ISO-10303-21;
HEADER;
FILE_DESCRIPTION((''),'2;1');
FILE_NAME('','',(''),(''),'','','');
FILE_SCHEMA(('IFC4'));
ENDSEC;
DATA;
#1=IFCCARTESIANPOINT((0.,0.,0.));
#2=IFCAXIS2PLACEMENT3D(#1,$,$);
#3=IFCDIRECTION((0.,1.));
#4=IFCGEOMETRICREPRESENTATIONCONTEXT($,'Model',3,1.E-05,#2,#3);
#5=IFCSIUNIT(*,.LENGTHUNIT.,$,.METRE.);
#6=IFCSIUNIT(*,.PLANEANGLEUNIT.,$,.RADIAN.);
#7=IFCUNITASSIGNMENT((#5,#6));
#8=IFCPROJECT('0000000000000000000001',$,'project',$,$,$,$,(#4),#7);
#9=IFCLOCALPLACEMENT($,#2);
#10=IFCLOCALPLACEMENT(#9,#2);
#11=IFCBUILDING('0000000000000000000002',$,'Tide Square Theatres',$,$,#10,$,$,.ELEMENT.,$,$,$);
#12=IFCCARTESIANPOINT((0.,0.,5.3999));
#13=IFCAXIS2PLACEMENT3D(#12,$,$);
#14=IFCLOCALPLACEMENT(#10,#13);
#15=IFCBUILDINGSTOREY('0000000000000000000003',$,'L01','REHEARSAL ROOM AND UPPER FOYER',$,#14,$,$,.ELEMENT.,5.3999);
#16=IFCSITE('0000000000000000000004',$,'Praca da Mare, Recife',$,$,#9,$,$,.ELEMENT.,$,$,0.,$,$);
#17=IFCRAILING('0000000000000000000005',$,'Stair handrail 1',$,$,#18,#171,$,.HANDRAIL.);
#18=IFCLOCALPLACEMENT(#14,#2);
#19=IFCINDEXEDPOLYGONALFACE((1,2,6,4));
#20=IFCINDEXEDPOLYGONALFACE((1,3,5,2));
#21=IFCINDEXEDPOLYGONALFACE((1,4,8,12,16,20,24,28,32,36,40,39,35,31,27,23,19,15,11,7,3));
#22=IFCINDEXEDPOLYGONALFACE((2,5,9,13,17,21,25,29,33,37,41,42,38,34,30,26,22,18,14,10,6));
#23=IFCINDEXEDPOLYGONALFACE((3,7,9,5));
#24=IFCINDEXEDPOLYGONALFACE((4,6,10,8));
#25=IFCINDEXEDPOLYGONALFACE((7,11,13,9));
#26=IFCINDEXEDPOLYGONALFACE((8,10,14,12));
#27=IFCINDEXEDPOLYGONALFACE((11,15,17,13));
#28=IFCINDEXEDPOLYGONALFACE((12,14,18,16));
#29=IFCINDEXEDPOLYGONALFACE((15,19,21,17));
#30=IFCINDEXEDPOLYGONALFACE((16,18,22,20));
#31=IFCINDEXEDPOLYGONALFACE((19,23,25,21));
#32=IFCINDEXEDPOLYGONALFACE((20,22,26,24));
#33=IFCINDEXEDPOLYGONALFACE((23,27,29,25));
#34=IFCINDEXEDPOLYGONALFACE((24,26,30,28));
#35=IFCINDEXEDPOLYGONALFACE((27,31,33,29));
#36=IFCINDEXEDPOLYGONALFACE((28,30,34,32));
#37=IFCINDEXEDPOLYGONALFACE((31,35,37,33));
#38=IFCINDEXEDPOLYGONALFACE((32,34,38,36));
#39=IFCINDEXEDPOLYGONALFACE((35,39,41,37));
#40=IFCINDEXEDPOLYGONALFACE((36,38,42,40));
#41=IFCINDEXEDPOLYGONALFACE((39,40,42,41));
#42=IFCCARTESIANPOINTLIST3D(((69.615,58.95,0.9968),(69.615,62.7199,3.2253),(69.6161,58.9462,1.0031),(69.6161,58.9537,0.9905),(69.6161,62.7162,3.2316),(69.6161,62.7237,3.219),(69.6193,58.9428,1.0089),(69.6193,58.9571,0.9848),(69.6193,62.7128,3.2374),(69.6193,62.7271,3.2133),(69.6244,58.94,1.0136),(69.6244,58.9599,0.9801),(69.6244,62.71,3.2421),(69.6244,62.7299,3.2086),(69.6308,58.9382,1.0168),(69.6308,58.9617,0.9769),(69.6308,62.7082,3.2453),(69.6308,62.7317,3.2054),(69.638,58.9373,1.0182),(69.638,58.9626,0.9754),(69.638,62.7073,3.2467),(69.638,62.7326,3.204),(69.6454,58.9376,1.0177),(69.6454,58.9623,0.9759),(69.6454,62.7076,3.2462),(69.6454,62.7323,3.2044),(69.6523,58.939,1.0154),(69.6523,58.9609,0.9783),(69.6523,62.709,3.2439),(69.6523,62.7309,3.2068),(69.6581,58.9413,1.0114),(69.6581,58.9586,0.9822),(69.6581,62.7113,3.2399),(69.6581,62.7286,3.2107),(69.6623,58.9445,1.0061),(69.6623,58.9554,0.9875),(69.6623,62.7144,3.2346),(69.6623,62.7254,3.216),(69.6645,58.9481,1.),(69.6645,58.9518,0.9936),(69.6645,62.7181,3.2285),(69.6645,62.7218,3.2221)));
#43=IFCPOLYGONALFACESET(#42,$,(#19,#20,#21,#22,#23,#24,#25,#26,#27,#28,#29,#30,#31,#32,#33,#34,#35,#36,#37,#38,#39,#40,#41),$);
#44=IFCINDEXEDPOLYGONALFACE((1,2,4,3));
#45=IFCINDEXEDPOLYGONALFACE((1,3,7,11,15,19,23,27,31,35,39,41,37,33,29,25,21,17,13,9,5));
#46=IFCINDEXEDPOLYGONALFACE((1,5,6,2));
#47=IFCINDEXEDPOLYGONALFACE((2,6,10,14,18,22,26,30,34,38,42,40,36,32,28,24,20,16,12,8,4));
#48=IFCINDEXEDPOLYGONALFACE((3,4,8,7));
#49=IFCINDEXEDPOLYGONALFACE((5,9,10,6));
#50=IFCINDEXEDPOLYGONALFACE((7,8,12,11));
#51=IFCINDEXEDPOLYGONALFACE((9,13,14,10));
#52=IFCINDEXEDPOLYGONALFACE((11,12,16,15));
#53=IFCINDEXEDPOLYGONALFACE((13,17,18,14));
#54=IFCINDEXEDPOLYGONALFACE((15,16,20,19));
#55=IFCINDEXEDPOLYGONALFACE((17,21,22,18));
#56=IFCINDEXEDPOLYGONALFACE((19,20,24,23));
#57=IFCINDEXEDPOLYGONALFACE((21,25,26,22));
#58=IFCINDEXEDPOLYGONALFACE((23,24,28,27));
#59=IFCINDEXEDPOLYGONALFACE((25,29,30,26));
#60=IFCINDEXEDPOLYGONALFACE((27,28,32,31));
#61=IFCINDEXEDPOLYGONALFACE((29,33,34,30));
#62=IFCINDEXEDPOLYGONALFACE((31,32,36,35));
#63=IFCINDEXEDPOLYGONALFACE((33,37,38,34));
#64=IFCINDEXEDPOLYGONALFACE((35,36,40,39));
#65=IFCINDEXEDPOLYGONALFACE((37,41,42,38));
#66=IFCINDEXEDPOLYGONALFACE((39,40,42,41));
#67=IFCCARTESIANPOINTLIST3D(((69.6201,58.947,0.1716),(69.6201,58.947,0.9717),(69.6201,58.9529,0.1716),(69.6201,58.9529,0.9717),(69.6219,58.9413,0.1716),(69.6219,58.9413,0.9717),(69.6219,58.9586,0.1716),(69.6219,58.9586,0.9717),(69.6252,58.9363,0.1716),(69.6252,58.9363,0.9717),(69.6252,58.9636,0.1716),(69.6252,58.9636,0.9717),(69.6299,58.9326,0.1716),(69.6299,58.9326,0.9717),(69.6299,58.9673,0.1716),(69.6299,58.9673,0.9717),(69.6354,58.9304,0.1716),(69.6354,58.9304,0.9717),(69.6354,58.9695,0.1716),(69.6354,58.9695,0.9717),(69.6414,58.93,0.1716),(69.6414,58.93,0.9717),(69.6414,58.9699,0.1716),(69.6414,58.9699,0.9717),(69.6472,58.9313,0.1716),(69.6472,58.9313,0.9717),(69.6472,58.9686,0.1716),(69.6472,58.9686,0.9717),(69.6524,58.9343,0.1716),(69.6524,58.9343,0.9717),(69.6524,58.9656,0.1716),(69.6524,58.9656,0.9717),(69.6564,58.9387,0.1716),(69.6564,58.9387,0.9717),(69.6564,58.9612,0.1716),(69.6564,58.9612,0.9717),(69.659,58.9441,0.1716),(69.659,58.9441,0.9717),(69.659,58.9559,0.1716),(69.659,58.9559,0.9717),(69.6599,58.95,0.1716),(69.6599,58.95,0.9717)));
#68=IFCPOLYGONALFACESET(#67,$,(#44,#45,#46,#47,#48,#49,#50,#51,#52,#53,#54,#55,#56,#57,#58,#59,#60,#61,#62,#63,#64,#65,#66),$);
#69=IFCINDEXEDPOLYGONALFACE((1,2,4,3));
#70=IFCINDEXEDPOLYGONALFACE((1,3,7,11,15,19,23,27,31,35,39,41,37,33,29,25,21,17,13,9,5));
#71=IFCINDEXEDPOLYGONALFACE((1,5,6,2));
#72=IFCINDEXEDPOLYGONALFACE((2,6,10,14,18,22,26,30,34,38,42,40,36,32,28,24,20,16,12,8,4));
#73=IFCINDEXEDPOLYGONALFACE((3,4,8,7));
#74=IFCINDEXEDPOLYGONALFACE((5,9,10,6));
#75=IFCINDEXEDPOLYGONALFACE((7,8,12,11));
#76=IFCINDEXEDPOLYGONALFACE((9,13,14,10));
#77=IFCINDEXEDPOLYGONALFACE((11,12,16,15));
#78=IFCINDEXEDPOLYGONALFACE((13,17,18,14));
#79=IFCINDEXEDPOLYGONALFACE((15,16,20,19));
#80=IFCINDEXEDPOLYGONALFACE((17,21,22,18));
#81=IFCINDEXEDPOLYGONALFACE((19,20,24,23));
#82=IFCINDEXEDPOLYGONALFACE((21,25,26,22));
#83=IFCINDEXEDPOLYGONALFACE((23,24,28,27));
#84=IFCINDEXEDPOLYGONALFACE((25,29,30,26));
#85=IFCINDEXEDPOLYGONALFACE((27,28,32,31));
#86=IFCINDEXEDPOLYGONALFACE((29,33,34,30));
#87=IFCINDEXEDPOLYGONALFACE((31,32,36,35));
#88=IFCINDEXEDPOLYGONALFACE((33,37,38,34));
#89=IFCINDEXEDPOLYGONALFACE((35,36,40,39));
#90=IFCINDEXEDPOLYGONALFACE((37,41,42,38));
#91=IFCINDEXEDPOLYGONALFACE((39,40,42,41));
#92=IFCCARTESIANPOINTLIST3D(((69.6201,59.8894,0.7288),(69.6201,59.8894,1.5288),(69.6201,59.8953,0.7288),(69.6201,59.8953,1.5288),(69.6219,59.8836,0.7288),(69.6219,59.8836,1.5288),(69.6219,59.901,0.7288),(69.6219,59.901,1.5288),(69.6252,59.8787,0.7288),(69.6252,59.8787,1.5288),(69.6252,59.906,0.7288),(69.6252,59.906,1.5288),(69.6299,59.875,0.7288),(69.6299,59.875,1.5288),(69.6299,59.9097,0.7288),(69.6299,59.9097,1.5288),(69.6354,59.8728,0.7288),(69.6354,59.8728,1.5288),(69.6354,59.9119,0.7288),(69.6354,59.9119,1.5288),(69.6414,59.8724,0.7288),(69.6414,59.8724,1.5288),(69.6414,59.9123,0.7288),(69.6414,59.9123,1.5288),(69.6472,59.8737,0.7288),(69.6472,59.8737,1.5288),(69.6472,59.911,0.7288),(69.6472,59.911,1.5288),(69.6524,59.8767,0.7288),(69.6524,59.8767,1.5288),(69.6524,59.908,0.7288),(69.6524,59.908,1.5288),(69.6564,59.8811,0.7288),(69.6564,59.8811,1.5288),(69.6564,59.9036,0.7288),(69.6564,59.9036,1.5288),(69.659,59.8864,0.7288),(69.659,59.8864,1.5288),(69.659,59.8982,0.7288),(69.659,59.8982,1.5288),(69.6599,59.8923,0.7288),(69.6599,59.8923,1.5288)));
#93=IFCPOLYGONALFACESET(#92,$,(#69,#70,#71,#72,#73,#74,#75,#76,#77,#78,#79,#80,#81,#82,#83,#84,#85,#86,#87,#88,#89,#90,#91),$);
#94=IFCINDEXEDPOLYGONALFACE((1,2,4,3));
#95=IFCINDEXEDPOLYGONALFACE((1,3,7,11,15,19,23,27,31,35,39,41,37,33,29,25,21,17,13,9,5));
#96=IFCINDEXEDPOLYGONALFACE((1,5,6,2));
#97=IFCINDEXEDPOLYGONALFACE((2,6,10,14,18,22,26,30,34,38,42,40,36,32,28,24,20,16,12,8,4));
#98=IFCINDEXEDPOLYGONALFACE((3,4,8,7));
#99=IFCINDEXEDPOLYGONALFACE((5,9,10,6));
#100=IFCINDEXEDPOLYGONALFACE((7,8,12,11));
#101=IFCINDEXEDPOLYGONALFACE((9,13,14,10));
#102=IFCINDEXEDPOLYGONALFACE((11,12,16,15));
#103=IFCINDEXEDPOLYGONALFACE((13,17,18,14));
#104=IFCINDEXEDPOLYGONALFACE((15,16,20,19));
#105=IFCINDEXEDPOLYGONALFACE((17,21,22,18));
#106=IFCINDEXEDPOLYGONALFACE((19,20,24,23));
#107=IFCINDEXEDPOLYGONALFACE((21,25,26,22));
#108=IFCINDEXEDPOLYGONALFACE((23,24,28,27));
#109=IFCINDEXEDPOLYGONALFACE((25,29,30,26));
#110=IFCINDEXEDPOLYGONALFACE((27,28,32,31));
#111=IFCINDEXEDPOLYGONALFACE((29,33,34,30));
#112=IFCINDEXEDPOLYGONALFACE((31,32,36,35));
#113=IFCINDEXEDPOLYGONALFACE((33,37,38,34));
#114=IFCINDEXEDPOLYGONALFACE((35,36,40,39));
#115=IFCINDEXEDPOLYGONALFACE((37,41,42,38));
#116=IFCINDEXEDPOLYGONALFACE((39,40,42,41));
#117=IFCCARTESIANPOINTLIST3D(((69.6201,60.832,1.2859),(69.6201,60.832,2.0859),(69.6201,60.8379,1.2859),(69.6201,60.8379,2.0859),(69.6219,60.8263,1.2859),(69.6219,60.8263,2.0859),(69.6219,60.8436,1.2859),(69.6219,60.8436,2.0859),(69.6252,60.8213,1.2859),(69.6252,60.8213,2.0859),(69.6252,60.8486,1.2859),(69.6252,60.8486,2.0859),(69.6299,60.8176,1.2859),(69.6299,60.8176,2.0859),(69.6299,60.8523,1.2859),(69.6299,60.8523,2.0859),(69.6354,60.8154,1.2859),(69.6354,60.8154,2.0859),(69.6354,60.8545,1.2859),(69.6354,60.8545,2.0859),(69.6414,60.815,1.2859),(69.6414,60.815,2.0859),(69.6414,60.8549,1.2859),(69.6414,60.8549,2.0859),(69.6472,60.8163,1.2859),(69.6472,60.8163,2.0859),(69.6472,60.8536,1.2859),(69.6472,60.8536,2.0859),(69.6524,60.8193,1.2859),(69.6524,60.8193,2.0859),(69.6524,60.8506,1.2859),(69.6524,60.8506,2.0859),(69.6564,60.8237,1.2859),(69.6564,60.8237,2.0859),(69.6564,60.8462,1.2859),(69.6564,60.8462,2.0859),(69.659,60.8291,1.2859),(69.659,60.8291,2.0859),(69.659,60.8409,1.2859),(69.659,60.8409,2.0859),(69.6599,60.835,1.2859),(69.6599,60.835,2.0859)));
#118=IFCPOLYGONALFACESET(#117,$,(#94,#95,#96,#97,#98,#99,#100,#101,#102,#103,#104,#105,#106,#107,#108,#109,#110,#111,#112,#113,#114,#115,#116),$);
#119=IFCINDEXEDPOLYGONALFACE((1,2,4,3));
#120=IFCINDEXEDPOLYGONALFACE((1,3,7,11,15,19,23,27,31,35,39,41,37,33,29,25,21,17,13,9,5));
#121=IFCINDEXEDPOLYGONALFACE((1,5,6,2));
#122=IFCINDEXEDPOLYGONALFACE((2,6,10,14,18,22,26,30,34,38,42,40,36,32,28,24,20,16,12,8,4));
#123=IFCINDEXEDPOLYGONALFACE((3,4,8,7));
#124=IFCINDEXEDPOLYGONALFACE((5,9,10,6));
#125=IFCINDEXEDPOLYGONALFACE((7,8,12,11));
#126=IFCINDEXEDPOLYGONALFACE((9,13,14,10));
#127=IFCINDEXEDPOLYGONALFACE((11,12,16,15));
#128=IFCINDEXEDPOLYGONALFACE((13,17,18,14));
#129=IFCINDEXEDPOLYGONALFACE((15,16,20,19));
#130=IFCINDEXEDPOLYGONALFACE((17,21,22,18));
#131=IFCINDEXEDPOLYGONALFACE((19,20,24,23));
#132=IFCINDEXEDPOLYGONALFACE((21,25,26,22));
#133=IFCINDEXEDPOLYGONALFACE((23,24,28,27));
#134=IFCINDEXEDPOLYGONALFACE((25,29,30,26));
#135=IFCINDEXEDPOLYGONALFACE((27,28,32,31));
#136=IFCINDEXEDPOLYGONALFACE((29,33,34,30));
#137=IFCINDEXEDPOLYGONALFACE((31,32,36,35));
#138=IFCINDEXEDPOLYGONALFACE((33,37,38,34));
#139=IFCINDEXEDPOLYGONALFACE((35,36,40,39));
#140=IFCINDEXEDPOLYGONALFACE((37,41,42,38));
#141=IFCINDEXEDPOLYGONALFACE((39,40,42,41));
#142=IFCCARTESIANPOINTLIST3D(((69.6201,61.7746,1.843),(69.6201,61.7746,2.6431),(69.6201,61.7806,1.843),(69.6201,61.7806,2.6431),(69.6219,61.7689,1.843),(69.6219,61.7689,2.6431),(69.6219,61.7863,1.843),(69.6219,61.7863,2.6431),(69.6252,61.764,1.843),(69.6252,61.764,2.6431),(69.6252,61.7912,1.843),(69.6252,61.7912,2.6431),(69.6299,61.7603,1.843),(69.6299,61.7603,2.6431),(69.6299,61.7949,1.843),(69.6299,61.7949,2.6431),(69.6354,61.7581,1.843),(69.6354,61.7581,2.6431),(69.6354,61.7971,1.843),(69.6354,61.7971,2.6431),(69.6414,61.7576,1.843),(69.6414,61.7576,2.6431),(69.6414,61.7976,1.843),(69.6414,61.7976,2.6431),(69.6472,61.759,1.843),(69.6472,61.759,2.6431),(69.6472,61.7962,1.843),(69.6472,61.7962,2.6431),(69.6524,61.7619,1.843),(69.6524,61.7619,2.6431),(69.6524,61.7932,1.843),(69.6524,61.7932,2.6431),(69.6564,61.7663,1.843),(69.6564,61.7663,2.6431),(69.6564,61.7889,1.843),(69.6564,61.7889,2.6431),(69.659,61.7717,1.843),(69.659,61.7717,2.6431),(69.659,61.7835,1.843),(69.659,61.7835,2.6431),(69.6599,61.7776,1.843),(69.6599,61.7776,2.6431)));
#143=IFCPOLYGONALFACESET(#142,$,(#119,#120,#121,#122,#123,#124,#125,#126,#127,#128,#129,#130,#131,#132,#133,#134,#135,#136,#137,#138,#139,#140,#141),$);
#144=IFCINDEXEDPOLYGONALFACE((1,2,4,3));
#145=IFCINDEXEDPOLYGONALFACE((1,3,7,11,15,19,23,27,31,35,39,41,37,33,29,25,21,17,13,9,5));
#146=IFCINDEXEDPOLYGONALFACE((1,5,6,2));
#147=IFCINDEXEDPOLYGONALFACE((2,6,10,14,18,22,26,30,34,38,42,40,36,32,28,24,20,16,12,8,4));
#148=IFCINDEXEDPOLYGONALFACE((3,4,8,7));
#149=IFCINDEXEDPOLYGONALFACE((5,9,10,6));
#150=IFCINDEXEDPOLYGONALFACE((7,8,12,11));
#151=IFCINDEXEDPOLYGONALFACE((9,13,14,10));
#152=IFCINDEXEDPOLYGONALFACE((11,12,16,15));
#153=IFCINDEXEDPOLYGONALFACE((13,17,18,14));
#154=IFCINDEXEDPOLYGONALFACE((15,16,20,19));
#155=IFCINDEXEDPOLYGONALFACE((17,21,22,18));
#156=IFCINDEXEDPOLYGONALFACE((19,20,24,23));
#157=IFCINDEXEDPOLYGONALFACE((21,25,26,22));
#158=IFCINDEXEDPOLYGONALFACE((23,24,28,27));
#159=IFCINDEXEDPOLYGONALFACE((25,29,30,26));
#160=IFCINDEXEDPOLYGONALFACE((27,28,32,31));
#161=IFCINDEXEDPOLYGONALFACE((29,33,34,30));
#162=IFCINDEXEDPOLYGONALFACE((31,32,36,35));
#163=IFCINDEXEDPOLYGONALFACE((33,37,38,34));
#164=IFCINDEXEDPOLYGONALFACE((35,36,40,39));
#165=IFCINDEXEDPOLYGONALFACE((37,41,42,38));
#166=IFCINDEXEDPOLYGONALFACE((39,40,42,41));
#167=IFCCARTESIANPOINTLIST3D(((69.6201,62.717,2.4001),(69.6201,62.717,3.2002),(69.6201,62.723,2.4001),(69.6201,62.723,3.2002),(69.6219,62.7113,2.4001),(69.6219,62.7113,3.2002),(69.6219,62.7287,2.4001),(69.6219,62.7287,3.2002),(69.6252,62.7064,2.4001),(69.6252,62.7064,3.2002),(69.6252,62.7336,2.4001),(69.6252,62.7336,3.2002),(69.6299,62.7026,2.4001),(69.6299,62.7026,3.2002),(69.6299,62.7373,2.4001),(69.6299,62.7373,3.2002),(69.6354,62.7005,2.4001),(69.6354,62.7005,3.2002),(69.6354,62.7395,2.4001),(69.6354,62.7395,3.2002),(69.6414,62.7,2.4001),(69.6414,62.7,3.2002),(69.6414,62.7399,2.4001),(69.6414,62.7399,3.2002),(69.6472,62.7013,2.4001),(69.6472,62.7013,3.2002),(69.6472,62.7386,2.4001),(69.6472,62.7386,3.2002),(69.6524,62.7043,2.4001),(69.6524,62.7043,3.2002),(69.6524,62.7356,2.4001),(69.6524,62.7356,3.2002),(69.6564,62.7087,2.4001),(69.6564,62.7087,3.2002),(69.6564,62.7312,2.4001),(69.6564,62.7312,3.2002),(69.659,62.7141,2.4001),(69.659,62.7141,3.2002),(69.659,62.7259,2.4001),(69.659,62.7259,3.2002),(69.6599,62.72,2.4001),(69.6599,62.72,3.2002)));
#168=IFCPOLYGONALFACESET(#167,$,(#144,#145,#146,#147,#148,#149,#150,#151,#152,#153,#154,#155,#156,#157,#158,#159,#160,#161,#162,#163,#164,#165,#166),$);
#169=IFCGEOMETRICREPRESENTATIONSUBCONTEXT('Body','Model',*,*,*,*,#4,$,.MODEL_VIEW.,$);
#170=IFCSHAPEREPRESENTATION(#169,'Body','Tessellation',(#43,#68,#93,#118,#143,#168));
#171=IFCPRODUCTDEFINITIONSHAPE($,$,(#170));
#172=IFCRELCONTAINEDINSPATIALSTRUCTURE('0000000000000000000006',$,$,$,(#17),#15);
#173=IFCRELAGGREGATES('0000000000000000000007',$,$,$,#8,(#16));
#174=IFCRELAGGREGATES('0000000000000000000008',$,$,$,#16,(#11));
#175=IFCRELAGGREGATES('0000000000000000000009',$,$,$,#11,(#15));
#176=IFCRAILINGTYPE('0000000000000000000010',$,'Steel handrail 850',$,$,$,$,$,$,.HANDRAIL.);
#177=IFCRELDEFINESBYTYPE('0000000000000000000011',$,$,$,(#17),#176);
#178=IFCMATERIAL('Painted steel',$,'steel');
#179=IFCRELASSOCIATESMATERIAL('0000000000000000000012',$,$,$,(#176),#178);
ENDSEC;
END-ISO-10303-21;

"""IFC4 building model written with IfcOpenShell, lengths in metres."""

from ifc_helpers import new_model, si_unit, direction, frame, origin, origin_2d, place, context, subcontext, project, spatial, circle, extrude, material, type_object, element, save


model = new_model("IFC4")

# Units and contexts
model_context = context("Model", 3, precision=1e-05, world=origin(), true_north=direction((0.0, 1.0)))
body_context = subcontext(model_context, "Body", "Model", "MODEL_VIEW")
ifc_project = project(units=[si_unit("LENGTHUNIT", "METRE"), si_unit("PLANEANGLEUNIT", "RADIAN")], contexts=[model_context])

# Site, building, storey
site_placement = place(None, origin())
site = spatial("IfcSite", under=ifc_project, at=site_placement, Name="Praca da Mare, Recife", CompositionType="ELEMENT", RefElevation=0.0)
building_placement = place(site_placement, origin())
building = spatial("IfcBuilding", under=site, at=building_placement, Name="Tide Square Theatres", CompositionType="ELEMENT")
storey_placement = place(building_placement, frame((0.0, 0.0, 5.3999)))
storey = spatial("IfcBuildingStorey", under=building, at=storey_placement, Name="L01", Description="REHEARSAL ROOM AND UPPER FOYER", CompositionType="ELEMENT", Elevation=5.3999)

# Railing
ifc_material_1 = material(Name="Painted steel", Category="steel")
railing_type = type_object("IfcRailingType", Name="Steel handrail 850", PredefinedType="HANDRAIL", material=ifc_material_1)
for number, where, name in (
    (1, (69.6399, 58.95, 0.1716), "Stair handrail 1"),
):
    element("IfcRailing", number, at=place(storey_placement, frame(where)), inside=storey, type_object=railing_type, Name=name, PredefinedType="HANDRAIL", context=body_context, shape_type="SweptSolid", body=[
        extrude(circle(Radius=0.0249, at=origin_2d()), frame((0.0, 0.0, 0.8252), z_axis=(0.0, 0.860849, 0.508861), x_axis=(-1.0, 0.0, 0.0)), (0.0, 0.0, 1.0), 4.3794),
        extrude(circle(Radius=0.02, at=origin_2d()), origin(), (0.0, 0.0, 1.0), 0.8),
        extrude(circle(Radius=0.02, at=origin_2d()), frame((0.0, 0.9424, 0.5571)), (0.0, 0.0, 1.0), 0.8),
        extrude(circle(Radius=0.02, at=origin_2d()), frame((0.0, 1.885, 1.1143)), (0.0, 0.0, 1.0), 0.8),
        extrude(circle(Radius=0.02, at=origin_2d()), frame((0.0, 2.8276, 1.6714)), (0.0, 0.0, 1.0), 0.8),
        extrude(circle(Radius=0.02, at=origin_2d()), frame((0.0, 3.77, 2.2285)), (0.0, 0.0, 1.0), 0.8),
    ])

save(model, "model.ifc")
